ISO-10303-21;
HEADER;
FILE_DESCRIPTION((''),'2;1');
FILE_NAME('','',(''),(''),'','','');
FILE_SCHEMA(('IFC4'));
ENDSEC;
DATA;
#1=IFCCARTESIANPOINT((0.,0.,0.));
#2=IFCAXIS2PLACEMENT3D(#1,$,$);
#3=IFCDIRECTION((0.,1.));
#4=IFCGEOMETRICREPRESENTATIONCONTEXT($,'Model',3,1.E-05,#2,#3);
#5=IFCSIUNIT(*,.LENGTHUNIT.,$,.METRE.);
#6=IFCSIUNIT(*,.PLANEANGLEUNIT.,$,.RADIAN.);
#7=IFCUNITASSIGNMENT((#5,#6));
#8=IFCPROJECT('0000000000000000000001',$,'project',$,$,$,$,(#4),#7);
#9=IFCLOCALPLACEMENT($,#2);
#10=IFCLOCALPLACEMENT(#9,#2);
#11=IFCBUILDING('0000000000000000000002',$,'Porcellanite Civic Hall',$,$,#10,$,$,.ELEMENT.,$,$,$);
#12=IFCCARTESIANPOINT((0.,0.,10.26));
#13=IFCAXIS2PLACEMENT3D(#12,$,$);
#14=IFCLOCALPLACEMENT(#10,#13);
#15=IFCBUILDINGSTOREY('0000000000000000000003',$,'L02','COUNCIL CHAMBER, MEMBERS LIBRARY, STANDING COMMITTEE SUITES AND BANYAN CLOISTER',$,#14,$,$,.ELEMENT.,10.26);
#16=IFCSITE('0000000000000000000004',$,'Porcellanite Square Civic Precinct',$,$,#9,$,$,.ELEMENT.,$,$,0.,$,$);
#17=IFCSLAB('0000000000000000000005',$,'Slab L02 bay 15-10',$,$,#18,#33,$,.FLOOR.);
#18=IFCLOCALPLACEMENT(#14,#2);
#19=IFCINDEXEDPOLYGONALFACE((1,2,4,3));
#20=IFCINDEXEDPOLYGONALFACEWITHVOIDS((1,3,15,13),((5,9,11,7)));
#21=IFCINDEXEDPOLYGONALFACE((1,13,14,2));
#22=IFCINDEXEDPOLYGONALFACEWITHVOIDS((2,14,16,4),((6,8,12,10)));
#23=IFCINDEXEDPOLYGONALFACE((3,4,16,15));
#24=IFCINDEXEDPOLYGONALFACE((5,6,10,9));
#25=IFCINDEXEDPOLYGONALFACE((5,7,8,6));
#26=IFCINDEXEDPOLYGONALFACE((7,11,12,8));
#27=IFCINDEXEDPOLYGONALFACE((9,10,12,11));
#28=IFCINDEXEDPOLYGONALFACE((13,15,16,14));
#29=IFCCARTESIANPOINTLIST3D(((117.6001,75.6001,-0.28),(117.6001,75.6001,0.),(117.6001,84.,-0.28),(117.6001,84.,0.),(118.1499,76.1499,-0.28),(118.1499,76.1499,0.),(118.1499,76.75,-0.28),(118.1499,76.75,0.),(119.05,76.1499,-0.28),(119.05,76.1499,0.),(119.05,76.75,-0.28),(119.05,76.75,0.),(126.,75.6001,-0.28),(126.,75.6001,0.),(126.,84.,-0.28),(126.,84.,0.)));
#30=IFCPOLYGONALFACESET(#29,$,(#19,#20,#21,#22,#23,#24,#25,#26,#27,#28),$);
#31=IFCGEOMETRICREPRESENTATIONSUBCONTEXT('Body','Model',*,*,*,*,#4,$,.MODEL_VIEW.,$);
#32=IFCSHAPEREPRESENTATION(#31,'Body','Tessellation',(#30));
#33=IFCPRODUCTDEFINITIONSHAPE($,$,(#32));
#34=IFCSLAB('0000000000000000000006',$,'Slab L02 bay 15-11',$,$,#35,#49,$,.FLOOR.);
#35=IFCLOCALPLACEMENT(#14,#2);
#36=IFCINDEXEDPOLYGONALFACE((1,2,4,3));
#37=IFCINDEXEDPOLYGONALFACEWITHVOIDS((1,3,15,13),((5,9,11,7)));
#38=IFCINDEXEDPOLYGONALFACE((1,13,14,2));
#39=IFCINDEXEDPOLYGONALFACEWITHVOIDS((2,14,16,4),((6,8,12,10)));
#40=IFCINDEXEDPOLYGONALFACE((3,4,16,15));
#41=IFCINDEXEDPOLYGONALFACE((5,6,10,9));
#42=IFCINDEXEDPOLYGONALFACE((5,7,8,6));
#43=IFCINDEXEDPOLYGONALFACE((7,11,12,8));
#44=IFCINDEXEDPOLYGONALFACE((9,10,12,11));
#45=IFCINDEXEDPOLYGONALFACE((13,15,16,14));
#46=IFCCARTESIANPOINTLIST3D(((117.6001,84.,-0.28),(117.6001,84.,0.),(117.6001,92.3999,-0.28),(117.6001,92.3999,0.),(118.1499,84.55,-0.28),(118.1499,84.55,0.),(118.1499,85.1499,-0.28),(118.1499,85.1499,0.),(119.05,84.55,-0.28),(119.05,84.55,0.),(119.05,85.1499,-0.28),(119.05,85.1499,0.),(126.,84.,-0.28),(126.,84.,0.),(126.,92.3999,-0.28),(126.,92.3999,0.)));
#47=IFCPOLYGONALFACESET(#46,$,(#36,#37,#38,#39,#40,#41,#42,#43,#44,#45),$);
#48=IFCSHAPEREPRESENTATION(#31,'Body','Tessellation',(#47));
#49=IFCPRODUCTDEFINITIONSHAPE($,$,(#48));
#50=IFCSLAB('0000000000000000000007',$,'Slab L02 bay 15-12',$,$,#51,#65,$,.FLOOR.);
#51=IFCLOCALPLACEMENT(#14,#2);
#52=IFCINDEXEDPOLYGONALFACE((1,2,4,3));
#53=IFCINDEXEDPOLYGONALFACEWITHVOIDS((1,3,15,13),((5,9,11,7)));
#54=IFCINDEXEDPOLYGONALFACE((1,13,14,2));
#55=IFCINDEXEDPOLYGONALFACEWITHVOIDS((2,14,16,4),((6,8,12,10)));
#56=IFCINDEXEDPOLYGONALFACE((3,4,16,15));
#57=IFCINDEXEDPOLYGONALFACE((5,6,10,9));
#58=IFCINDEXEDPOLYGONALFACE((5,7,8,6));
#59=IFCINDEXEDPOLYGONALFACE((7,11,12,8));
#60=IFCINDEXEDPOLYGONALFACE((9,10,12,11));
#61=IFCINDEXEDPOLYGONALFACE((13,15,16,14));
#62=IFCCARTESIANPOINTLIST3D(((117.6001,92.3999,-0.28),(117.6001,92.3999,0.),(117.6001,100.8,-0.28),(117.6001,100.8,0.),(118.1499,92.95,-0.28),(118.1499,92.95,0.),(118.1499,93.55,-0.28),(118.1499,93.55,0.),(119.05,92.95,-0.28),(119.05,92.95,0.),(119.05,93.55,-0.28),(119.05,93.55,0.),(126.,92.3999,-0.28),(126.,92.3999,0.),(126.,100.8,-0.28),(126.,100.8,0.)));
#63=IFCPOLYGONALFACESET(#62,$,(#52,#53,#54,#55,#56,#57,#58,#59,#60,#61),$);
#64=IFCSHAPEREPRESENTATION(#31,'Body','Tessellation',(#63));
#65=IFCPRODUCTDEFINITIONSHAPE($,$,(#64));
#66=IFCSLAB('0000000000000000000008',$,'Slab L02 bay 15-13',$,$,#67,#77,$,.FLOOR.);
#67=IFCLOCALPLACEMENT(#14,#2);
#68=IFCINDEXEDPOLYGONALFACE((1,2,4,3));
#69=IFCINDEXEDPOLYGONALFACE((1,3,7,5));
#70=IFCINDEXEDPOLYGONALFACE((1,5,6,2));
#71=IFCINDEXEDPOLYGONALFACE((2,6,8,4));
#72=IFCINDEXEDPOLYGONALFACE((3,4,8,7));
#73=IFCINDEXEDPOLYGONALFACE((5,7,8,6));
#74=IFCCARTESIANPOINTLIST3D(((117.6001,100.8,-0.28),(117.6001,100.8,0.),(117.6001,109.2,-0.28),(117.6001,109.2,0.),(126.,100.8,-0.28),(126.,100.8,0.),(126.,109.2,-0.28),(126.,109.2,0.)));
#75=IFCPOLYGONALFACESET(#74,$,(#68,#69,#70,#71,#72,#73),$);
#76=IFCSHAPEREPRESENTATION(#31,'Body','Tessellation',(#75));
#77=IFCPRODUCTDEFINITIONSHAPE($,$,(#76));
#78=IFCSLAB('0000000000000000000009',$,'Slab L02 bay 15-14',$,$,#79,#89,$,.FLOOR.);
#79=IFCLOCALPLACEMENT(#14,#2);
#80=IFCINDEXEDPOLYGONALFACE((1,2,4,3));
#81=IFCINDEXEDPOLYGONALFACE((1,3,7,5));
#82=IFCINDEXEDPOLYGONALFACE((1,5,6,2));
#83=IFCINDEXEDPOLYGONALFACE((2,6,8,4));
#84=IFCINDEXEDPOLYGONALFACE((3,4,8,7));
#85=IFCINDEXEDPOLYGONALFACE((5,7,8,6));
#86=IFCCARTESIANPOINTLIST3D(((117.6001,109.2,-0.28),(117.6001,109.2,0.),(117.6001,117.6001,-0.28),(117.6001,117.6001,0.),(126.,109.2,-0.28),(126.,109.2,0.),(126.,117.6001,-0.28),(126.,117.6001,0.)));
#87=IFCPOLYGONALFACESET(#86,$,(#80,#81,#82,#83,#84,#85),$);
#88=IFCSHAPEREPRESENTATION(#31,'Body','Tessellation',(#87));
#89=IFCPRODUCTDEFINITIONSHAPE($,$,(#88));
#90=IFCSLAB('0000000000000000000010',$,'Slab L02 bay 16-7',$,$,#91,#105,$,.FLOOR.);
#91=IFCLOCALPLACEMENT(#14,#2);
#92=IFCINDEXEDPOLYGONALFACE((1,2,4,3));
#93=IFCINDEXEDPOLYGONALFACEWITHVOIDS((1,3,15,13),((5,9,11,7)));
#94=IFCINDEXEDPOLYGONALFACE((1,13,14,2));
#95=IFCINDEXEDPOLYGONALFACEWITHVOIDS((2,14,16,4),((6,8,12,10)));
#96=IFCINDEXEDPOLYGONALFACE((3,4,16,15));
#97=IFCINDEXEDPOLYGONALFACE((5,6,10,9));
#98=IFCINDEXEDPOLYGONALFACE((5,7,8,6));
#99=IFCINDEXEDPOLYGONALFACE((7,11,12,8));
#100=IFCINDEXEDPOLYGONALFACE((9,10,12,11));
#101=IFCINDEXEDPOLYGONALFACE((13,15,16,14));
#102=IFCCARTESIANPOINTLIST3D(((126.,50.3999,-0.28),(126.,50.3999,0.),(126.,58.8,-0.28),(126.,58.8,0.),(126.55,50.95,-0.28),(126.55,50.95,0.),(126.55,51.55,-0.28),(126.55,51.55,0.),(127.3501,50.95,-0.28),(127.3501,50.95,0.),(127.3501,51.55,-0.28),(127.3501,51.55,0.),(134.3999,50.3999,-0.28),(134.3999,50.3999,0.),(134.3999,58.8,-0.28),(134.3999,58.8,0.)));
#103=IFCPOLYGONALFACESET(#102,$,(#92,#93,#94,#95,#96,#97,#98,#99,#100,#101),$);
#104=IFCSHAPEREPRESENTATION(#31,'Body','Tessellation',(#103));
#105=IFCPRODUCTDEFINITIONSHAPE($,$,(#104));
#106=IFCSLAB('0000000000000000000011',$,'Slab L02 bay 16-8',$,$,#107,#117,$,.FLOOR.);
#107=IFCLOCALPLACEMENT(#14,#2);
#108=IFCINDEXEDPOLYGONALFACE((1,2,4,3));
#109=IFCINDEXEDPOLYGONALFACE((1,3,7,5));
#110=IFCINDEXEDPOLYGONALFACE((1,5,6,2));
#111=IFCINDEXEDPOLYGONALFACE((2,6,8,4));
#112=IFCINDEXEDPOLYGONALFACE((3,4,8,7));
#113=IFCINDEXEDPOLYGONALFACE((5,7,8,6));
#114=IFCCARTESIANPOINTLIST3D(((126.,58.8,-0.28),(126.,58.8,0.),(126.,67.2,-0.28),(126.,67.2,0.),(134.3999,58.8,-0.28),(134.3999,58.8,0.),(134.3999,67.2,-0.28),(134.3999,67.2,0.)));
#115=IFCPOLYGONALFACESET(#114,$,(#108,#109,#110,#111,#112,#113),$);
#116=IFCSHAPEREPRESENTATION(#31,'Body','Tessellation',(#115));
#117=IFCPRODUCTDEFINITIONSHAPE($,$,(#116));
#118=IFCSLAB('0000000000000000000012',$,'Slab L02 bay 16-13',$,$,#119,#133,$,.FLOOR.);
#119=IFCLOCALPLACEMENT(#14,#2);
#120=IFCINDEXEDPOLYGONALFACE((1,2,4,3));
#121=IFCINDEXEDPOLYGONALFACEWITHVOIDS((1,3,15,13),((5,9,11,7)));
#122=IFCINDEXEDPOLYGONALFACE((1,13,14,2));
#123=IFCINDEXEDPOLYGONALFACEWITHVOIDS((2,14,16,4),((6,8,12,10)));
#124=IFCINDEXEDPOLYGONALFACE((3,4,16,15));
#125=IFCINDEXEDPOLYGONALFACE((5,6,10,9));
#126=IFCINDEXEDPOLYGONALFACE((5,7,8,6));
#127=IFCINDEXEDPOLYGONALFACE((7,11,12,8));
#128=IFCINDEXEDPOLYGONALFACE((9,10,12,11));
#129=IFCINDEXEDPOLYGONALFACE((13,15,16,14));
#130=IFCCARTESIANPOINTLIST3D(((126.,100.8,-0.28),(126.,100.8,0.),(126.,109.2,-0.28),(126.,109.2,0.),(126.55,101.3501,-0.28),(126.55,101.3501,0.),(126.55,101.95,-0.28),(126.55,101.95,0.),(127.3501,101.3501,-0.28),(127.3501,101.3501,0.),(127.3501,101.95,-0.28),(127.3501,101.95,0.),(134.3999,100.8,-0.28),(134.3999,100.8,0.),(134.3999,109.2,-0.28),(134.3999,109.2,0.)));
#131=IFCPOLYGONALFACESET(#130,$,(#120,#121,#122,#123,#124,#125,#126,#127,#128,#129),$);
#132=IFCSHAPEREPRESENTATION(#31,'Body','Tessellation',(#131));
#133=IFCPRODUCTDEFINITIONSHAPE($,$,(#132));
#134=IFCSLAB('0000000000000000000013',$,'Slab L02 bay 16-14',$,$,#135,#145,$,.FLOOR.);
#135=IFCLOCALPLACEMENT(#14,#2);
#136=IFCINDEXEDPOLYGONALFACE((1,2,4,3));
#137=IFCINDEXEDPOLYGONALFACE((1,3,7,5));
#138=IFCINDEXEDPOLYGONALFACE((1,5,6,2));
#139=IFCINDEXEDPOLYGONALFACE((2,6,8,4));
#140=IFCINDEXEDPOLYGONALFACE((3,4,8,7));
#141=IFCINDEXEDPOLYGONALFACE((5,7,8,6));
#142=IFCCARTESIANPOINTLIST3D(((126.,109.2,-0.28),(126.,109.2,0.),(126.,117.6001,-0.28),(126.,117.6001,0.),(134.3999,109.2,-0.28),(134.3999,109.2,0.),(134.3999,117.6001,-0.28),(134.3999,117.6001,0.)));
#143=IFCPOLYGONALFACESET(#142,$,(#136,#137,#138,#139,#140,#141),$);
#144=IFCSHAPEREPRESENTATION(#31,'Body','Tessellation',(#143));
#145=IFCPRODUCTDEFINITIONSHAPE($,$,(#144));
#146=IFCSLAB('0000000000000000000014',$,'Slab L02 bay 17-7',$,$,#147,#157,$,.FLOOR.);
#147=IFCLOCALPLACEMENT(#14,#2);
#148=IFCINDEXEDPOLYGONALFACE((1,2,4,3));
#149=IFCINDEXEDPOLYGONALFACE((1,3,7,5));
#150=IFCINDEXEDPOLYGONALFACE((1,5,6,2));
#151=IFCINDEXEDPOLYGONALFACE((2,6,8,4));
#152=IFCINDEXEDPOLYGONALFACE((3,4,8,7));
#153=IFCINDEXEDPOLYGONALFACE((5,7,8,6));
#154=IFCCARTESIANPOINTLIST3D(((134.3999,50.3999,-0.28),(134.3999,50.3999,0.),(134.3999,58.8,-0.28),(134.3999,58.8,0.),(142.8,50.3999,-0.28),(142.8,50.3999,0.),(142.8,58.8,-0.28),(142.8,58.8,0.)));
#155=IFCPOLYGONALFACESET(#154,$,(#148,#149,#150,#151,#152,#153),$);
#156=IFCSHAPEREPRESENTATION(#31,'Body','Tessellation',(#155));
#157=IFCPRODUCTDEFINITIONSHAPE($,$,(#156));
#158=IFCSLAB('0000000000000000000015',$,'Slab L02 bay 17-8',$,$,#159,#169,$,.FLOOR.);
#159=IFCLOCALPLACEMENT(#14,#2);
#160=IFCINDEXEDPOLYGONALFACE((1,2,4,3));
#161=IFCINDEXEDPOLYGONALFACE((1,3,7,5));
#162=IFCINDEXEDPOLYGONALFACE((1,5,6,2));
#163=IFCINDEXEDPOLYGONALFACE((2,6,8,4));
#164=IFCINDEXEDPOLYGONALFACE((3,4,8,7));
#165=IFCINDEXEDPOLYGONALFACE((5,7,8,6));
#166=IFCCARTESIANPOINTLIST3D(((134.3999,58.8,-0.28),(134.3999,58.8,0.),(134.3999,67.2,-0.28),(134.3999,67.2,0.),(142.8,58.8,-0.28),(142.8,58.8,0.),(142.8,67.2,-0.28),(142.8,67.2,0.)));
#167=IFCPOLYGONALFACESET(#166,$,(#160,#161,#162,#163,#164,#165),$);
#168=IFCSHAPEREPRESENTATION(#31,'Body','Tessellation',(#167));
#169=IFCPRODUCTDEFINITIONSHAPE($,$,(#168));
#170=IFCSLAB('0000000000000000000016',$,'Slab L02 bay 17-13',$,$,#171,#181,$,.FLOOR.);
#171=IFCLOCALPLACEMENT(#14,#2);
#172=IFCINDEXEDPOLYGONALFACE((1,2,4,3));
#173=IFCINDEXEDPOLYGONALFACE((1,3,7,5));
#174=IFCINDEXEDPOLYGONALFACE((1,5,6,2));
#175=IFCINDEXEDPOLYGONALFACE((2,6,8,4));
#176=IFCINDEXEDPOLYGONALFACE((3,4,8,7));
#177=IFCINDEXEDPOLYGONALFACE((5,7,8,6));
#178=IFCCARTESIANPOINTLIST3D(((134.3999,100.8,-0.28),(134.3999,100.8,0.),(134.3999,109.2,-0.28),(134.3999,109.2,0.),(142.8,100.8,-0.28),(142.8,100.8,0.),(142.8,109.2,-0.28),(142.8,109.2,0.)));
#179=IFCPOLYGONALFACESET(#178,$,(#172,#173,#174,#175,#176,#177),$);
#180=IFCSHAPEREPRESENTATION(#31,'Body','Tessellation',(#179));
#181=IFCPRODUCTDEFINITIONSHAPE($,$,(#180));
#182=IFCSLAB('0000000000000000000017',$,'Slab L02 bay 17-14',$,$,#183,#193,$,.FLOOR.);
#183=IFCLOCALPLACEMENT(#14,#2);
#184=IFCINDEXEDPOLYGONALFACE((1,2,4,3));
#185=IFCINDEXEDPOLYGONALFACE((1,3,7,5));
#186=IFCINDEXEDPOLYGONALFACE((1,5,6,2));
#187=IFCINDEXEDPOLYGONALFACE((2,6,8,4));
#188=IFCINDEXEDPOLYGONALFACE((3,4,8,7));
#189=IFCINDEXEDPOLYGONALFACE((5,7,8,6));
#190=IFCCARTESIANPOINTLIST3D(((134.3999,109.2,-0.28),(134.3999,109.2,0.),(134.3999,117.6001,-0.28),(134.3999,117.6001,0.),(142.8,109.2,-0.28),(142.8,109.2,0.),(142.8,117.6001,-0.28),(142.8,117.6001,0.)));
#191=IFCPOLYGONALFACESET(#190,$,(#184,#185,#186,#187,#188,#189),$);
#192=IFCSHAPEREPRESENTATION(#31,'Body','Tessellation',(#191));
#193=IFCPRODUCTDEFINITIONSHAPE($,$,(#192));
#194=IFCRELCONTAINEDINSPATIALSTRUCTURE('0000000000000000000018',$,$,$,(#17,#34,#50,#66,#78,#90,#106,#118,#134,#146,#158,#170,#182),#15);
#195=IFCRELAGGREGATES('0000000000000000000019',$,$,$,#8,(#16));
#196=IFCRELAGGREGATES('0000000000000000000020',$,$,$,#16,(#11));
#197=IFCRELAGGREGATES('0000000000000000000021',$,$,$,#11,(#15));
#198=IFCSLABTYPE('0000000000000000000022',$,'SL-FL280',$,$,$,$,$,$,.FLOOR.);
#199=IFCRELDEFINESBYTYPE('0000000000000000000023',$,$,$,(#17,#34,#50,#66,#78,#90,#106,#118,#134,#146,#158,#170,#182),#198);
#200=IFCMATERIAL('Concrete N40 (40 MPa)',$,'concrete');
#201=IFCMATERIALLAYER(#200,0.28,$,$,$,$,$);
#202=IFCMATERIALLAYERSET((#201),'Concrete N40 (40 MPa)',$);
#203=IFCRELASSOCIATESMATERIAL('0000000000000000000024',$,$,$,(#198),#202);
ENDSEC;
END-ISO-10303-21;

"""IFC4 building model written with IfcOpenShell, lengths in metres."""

from ifc_helpers import new_model, si_unit, direction, frame, origin, place, context, subcontext, project, spatial, polyline, outline, extrude, material, layer, layer_set, type_object, element, save


model = new_model("IFC4")

# Units and contexts
model_context = context("Model", 3, precision=1e-05, world=origin(), true_north=direction((0.0, 1.0)))
body_context = subcontext(model_context, "Body", "Model", "MODEL_VIEW")
ifc_project = project(units=[si_unit("LENGTHUNIT", "METRE"), si_unit("PLANEANGLEUNIT", "RADIAN")], contexts=[model_context])

# Site, building, storey
site_placement = place(None, origin())
site = spatial("IfcSite", under=ifc_project, at=site_placement, Name="Porcellanite Square Civic Precinct", CompositionType="ELEMENT", RefElevation=0.0)
building_placement = place(site_placement, origin())
building = spatial("IfcBuilding", under=site, at=building_placement, Name="Porcellanite Civic Hall", CompositionType="ELEMENT")
storey_placement = place(building_placement, frame((0.0, 0.0, 10.26)))
storey = spatial("IfcBuildingStorey", under=building, at=storey_placement, Name="L02", Description="COUNCIL CHAMBER, MEMBERS LIBRARY, STANDING COMMITTEE SUITES AND BANYAN CLOISTER", CompositionType="ELEMENT", Elevation=10.26)

# Slabs
ifc_material = material(Name="Concrete N40 (40 MPa)", Category="concrete")
ifc_layer = layer(ifc_material, 0.28)
ifc_layer_set = layer_set([ifc_layer], Name="Concrete N40 (40 MPa)")
slab_type = type_object("IfcSlabType", Name="SL-FL280", PredefinedType="FLOOR", material=ifc_layer_set)
slab_1_placement = place(storey_placement, frame((0.0, 0.0, -0.28)))
element("IfcSlab", 1, at=slab_1_placement, inside=storey, type_object=slab_type, Name="Slab L02 bay 15-10", PredefinedType="FLOOR", context=body_context, shape_type="SweptSolid", body=[
    extrude(outline(polyline([(117.6001, 75.6001), (126.0, 75.6001), (126.0, 84.0), (117.6001, 84.0), (117.6001, 75.6001)]), holes=[polyline([(118.1499, 76.1499), (119.05, 76.1499), (119.05, 76.75), (118.1499, 76.75), (118.1499, 76.1499)])]), origin(), (0.0, 0.0, 1.0), 0.28),
])
slab_2_placement = place(storey_placement, frame((0.0, 0.0, -0.28)))
element("IfcSlab", 2, at=slab_2_placement, inside=storey, type_object=slab_type, Name="Slab L02 bay 15-11", PredefinedType="FLOOR", context=body_context, shape_type="SweptSolid", body=[
    extrude(outline(polyline([(117.6001, 84.0), (126.0, 84.0), (126.0, 92.3999), (117.6001, 92.3999), (117.6001, 84.0)]), holes=[polyline([(118.1499, 84.55), (119.05, 84.55), (119.05, 85.1499), (118.1499, 85.1499), (118.1499, 84.55)])]), origin(), (0.0, 0.0, 1.0), 0.28),
])
slab_3_placement = place(storey_placement, frame((0.0, 0.0, -0.28)))
element("IfcSlab", 3, at=slab_3_placement, inside=storey, type_object=slab_type, Name="Slab L02 bay 15-12", PredefinedType="FLOOR", context=body_context, shape_type="SweptSolid", body=[
    extrude(outline(polyline([(117.6001, 92.3999), (126.0, 92.3999), (126.0, 100.8), (117.6001, 100.8), (117.6001, 92.3999)]), holes=[polyline([(118.1499, 92.95), (119.05, 92.95), (119.05, 93.55), (118.1499, 93.55), (118.1499, 92.95)])]), origin(), (0.0, 0.0, 1.0), 0.28),
])
slab_4_placement = place(storey_placement, frame((0.0, 0.0, -0.28)))
element("IfcSlab", 4, at=slab_4_placement, inside=storey, type_object=slab_type, Name="Slab L02 bay 15-13", PredefinedType="FLOOR", context=body_context, shape_type="SweptSolid", body=[
    extrude(outline(polyline([(117.6001, 100.8), (126.0, 100.8), (126.0, 109.2), (117.6001, 109.2), (117.6001, 100.8)])), origin(), (0.0, 0.0, 1.0), 0.28),
])
slab_5_placement = place(storey_placement, frame((0.0, 0.0, -0.28)))
element("IfcSlab", 5, at=slab_5_placement, inside=storey, type_object=slab_type, Name="Slab L02 bay 15-14", PredefinedType="FLOOR", context=body_context, shape_type="SweptSolid", body=[
    extrude(outline(polyline([(117.6001, 109.2), (126.0, 109.2), (126.0, 117.6001), (117.6001, 117.6001), (117.6001, 109.2)])), origin(), (0.0, 0.0, 1.0), 0.28),
])
slab_6_placement = place(storey_placement, frame((0.0, 0.0, -0.28)))
element("IfcSlab", 6, at=slab_6_placement, inside=storey, type_object=slab_type, Name="Slab L02 bay 16-7", PredefinedType="FLOOR", context=body_context, shape_type="SweptSolid", body=[
    extrude(outline(polyline([(126.0, 50.3999), (134.3999, 50.3999), (134.3999, 58.8), (126.0, 58.8), (126.0, 50.3999)]), holes=[polyline([(126.55, 50.95), (127.3501, 50.95), (127.3501, 51.55), (126.55, 51.55), (126.55, 50.95)])]), origin(), (0.0, 0.0, 1.0), 0.28),
])
slab_7_placement = place(storey_placement, frame((0.0, 0.0, -0.28)))
element("IfcSlab", 7, at=slab_7_placement, inside=storey, type_object=slab_type, Name="Slab L02 bay 16-8", PredefinedType="FLOOR", context=body_context, shape_type="SweptSolid", body=[
    extrude(outline(polyline([(126.0, 58.8), (134.3999, 58.8), (134.3999, 67.2), (126.0, 67.2), (126.0, 58.8)])), origin(), (0.0, 0.0, 1.0), 0.28),
])
slab_8_placement = place(storey_placement, frame((0.0, 0.0, -0.28)))
element("IfcSlab", 8, at=slab_8_placement, inside=storey, type_object=slab_type, Name="Slab L02 bay 16-13", PredefinedType="FLOOR", context=body_context, shape_type="SweptSolid", body=[
    extrude(outline(polyline([(126.0, 100.8), (134.3999, 100.8), (134.3999, 109.2), (126.0, 109.2), (126.0, 100.8)]), holes=[polyline([(126.55, 101.3501), (127.3501, 101.3501), (127.3501, 101.95), (126.55, 101.95), (126.55, 101.3501)])]), origin(), (0.0, 0.0, 1.0), 0.28),
])
slab_9_placement = place(storey_placement, frame((0.0, 0.0, -0.28)))
element("IfcSlab", 9, at=slab_9_placement, inside=storey, type_object=slab_type, Name="Slab L02 bay 16-14", PredefinedType="FLOOR", context=body_context, shape_type="SweptSolid", body=[
    extrude(outline(polyline([(126.0, 109.2), (134.3999, 109.2), (134.3999, 117.6001), (126.0, 117.6001), (126.0, 109.2)])), origin(), (0.0, 0.0, 1.0), 0.28),
])
slab_10_placement = place(storey_placement, frame((0.0, 0.0, -0.28)))
element("IfcSlab", 10, at=slab_10_placement, inside=storey, type_object=slab_type, Name="Slab L02 bay 17-7", PredefinedType="FLOOR", context=body_context, shape_type="SweptSolid", body=[
    extrude(outline(polyline([(134.3999, 50.3999), (142.8, 50.3999), (142.8, 58.8), (134.3999, 58.8), (134.3999, 50.3999)])), origin(), (0.0, 0.0, 1.0), 0.28),
])
slab_11_placement = place(storey_placement, frame((0.0, 0.0, -0.28)))
element("IfcSlab", 11, at=slab_11_placement, inside=storey, type_object=slab_type, Name="Slab L02 bay 17-8", PredefinedType="FLOOR", context=body_context, shape_type="SweptSolid", body=[
    extrude(outline(polyline([(134.3999, 58.8), (142.8, 58.8), (142.8, 67.2), (134.3999, 67.2), (134.3999, 58.8)])), origin(), (0.0, 0.0, 1.0), 0.28),
])
slab_12_placement = place(storey_placement, frame((0.0, 0.0, -0.28)))
element("IfcSlab", 12, at=slab_12_placement, inside=storey, type_object=slab_type, Name="Slab L02 bay 17-13", PredefinedType="FLOOR", context=body_context, shape_type="SweptSolid", body=[
    extrude(outline(polyline([(134.3999, 100.8), (142.8, 100.8), (142.8, 109.2), (134.3999, 109.2), (134.3999, 100.8)])), origin(), (0.0, 0.0, 1.0), 0.28),
])
slab_13_placement = place(storey_placement, frame((0.0, 0.0, -0.28)))
element("IfcSlab", 13, at=slab_13_placement, inside=storey, type_object=slab_type, Name="Slab L02 bay 17-14", PredefinedType="FLOOR", context=body_context, shape_type="SweptSolid", body=[
    extrude(outline(polyline([(134.3999, 109.2), (142.8, 109.2), (142.8, 117.6001), (134.3999, 117.6001), (134.3999, 109.2)])), origin(), (0.0, 0.0, 1.0), 0.28),
])

save(model, "model.ifc")
